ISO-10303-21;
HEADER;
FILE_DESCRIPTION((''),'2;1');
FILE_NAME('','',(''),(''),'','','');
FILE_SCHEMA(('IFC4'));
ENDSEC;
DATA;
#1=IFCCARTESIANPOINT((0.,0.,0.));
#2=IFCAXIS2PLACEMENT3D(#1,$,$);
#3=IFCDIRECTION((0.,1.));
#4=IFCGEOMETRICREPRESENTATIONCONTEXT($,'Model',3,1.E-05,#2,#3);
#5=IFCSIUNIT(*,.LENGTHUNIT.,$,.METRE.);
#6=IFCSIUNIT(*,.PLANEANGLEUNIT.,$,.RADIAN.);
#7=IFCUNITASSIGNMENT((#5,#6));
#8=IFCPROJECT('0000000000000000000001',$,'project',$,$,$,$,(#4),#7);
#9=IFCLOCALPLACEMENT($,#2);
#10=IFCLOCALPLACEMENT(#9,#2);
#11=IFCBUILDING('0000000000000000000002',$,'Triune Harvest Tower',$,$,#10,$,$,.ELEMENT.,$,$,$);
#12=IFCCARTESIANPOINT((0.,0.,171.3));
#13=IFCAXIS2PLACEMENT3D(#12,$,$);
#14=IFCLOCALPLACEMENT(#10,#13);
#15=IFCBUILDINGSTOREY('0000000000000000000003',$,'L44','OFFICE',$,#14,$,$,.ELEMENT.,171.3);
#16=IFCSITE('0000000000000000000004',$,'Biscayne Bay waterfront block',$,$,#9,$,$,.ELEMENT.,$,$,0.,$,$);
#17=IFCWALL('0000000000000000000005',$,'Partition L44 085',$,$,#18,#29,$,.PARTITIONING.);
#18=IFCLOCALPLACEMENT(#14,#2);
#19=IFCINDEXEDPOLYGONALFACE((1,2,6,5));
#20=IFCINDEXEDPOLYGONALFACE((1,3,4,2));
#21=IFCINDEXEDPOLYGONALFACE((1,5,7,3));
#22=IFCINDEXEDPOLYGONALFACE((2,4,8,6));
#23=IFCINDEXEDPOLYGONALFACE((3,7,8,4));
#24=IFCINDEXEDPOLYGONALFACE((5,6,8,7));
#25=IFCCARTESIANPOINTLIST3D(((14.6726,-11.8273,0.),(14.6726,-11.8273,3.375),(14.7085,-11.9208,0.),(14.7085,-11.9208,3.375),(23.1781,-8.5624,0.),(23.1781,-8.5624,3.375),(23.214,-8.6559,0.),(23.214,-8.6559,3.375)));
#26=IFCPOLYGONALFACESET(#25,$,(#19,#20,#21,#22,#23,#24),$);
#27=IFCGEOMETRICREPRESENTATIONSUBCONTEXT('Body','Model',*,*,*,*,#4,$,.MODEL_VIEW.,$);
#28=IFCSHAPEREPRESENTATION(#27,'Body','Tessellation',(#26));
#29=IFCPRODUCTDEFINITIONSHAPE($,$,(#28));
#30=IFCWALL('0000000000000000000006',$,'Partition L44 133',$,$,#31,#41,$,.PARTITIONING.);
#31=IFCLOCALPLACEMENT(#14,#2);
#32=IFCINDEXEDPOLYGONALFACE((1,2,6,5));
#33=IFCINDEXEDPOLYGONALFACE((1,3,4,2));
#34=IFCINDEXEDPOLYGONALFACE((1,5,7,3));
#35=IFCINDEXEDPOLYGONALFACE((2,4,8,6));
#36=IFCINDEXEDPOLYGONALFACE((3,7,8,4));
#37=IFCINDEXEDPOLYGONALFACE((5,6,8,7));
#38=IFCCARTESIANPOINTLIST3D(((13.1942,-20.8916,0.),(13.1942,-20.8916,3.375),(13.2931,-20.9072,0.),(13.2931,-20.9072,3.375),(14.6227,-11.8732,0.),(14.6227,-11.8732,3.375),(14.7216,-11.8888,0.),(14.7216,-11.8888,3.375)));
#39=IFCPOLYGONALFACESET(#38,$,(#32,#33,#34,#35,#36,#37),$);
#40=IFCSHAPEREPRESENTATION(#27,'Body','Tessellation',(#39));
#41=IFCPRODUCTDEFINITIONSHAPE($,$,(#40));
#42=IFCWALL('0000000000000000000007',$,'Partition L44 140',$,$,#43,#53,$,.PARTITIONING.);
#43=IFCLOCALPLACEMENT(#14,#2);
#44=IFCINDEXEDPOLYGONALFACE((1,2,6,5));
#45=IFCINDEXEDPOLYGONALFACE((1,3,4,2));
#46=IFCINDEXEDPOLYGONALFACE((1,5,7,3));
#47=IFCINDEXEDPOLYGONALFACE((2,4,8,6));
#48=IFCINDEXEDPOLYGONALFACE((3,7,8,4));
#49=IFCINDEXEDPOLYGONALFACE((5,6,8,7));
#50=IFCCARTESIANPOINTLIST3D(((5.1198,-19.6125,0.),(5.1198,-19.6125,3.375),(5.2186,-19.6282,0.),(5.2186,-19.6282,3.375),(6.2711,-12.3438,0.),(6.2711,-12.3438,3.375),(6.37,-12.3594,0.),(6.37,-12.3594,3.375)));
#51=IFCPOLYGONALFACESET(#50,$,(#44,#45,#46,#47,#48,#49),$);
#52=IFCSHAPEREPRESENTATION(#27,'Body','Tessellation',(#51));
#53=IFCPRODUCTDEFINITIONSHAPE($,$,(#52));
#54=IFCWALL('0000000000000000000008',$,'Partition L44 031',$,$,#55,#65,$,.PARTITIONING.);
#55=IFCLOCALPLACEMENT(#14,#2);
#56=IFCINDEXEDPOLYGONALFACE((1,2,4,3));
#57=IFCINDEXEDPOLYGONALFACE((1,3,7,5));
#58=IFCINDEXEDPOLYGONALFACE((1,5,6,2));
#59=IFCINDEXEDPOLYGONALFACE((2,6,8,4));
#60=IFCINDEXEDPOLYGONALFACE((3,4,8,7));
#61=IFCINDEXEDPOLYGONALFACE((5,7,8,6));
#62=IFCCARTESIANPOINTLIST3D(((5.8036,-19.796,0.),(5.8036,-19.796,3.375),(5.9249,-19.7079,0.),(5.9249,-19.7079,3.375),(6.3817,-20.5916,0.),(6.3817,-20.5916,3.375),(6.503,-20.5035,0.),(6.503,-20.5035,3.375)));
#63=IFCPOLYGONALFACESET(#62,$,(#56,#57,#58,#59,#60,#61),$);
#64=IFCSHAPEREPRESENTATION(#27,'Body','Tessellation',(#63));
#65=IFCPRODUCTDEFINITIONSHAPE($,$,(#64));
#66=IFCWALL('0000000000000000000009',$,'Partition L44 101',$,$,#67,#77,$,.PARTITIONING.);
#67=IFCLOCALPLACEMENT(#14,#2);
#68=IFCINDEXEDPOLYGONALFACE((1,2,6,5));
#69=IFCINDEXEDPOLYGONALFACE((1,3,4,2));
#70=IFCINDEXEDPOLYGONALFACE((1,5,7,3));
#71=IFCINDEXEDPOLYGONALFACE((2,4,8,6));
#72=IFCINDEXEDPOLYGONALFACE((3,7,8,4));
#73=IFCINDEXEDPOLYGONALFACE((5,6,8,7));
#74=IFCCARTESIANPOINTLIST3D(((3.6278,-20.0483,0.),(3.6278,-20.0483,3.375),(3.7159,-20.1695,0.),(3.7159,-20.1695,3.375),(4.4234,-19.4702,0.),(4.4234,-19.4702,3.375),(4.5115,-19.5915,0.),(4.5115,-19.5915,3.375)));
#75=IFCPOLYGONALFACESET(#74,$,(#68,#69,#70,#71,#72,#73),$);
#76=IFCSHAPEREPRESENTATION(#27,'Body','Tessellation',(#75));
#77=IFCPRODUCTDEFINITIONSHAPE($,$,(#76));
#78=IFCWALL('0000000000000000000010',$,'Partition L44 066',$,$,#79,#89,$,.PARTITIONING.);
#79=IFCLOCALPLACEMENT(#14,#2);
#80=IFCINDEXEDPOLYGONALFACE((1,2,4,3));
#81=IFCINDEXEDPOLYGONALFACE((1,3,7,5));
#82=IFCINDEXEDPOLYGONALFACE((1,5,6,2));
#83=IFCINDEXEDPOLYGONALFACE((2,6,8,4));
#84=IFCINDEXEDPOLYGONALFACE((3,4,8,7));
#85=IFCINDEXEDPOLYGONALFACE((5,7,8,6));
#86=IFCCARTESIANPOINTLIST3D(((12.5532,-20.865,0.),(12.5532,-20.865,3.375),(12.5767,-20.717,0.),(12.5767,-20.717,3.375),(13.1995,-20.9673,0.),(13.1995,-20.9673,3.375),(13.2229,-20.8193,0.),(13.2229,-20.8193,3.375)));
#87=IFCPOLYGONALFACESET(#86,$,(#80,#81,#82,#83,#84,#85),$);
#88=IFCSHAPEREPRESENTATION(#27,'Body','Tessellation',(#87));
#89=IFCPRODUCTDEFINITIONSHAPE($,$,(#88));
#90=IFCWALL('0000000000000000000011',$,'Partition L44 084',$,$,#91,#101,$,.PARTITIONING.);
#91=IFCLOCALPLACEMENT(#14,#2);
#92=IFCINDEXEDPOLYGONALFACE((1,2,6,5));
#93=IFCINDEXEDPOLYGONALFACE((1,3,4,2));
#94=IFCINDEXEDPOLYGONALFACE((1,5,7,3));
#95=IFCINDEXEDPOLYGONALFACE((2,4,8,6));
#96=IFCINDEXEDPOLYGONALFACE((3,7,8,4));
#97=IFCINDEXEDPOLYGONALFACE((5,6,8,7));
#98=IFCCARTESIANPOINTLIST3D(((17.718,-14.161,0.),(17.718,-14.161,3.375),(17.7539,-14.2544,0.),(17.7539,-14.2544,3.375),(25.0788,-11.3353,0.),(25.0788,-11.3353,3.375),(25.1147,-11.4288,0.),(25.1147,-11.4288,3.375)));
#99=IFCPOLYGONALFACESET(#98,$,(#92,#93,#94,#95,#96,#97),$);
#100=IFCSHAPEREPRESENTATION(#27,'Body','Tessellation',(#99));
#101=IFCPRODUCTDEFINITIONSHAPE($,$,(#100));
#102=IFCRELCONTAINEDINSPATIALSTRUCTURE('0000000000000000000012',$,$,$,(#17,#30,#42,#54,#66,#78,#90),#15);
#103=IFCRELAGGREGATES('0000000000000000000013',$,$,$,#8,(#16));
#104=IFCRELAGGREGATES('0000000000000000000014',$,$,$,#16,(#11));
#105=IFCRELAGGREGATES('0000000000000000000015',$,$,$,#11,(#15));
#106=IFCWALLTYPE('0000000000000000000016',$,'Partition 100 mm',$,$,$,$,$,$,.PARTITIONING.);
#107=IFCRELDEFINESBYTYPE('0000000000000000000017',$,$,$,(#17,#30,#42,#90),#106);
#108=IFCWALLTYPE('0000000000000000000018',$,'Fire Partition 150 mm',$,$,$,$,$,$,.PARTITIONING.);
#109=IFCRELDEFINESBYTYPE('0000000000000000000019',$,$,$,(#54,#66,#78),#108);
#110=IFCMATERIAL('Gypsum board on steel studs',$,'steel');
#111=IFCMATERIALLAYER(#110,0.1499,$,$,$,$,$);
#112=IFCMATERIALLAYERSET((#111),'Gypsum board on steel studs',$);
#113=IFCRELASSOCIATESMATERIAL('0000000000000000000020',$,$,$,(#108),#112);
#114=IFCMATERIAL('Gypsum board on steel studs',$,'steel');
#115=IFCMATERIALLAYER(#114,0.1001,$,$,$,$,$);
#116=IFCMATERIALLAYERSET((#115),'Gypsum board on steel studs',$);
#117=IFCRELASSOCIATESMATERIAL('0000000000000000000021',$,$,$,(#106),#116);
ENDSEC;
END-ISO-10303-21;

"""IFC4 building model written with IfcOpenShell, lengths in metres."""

from ifc_helpers import new_model, si_unit, direction, frame, frame_2d, origin, place, context, subcontext, project, spatial, rectangle, extrude, source, transform, mapped, material, layer, layer_set, type_object, element, save


model = new_model("IFC4")

# Units and contexts
model_context = context("Model", 3, precision=1e-05, world=origin(), true_north=direction((0.0, 1.0)))
body_context = subcontext(model_context, "Body", "Model", "MODEL_VIEW")
ifc_project = project(units=[si_unit("LENGTHUNIT", "METRE"), si_unit("PLANEANGLEUNIT", "RADIAN")], contexts=[model_context])

# Site, building, storey
site_placement = place(None, origin())
site = spatial("IfcSite", under=ifc_project, at=site_placement, Name="Biscayne Bay waterfront block", CompositionType="ELEMENT", RefElevation=0.0)
building_placement = place(site_placement, origin())
building = spatial("IfcBuilding", under=site, at=building_placement, Name="Triune Harvest Tower", CompositionType="ELEMENT")
storey_placement = place(building_placement, frame((0.0, 0.0, 171.3)))
storey = spatial("IfcBuildingStorey", under=building, at=storey_placement, Name="L44", Description="OFFICE", CompositionType="ELEMENT", Elevation=171.3)

# Shared definitions
ifc_material_1 = material(Name="Gypsum board on steel studs", Category="steel")
ifc_layer_1 = layer(ifc_material_1, 0.1499)
ifc_layer_set_1 = layer_set([ifc_layer_1], Name="Gypsum board on steel studs")
wall_type_1 = type_object("IfcWallType", Name="Fire Partition 150 mm", PredefinedType="PARTITIONING", material=ifc_layer_set_1)

# Walls
ifc_material_2 = material(Name="Gypsum board on steel studs", Category="steel")
ifc_layer_2 = layer(ifc_material_2, 0.1001)
ifc_layer_set_2 = layer_set([ifc_layer_2], Name="Gypsum board on steel studs")
wall_type_2 = type_object("IfcWallType", Name="Partition 100 mm", PredefinedType="PARTITIONING", material=ifc_layer_set_2)
wall_1_placement = place(storey_placement, frame((14.6907, -11.874, 0.0), z_axis=(0.0, 0.0, 1.0), x_axis=(0.933581, 0.358367, 0.0)))
element("IfcWall", 1, at=wall_1_placement, inside=storey, type_object=wall_type_2, Name="Partition L44 085", PredefinedType="PARTITIONING", context=body_context, shape_type="SweptSolid", body=[
    extrude(rectangle(XDim=9.1106, YDim=0.1001, at=frame_2d((4.5552, 0.0))), origin(), (0.0, 0.0, 1.0), 3.375),
])
wall_2_placement = place(storey_placement, frame((13.2437, -20.8994, 0.0), z_axis=(0.0, 0.0, 1.0), x_axis=(0.156446, 0.987687, 0.0)))
element("IfcWall", 2, at=wall_2_placement, inside=storey, type_object=wall_type_2, Name="Partition L44 133", PredefinedType="PARTITIONING", context=body_context, shape_type="SweptSolid", body=[
    extrude(rectangle(XDim=9.1309, YDim=0.1001, at=frame_2d((4.5654, 0.0))), origin(), (0.0, 0.0, 1.0), 3.375),
])
wall_3_placement = place(storey_placement, frame((5.1692, -19.6204, 0.0), z_axis=(0.0, 0.0, 1.0), x_axis=(0.156448, 0.987686, 0.0)))
element("IfcWall", 3, at=wall_3_placement, inside=storey, type_object=wall_type_2, Name="Partition L44 140", PredefinedType="PARTITIONING", context=body_context, shape_type="SweptSolid", body=[
    extrude(rectangle(XDim=7.3594, YDim=0.1001, at=frame_2d((3.6797, 0.0))), origin(), (0.0, 0.0, 1.0), 3.375),
])
shared_shape_1 = source(origin(), body_context, "Body", "SweptSolid", [
    extrude(rectangle(XDim=0.9834, YDim=0.1499, at=frame_2d((0.4917, 0.0))), origin(), (0.0, 0.0, 1.0), 3.375),
])
for number, where, z_axis, x_axis, name in (
    (4, (5.8643, -19.752, 0.0), (0.0, 0.0, 1.0), (0.587817, -0.808994, 0.0), "Partition L44 031"),
    (5, (3.6719, -20.1089, 0.0), (0.0, 0.0, 1.0), (0.808994, 0.587817, 0.0), "Partition L44 101"),
):
    element("IfcWall", number, at=place(storey_placement, frame(where, z_axis=z_axis, x_axis=x_axis)), inside=storey, type_object=wall_type_1, Name=name, PredefinedType="PARTITIONING", context=body_context, shape_type="MappedRepresentation", body=[
        mapped(shared_shape_1, transform((0.0, 0.0, 0.0), scale=1.0)),
    ])
shared_shape_2 = source(origin(), body_context, "Body", "SweptSolid", [
    extrude(rectangle(XDim=0.6543, YDim=0.1499, at=frame_2d((0.3271, 0.0))), origin(), (0.0, 0.0, 1.0), 3.375),
])
wall_4_placement = place(storey_placement, frame((12.5649, -20.791, 0.0), z_axis=(0.0, 0.0, 1.0), x_axis=(0.987702, -0.156346, 0.0)))
element("IfcWall", 6, at=wall_4_placement, inside=storey, type_object=wall_type_1, Name="Partition L44 066", PredefinedType="PARTITIONING", context=body_context, shape_type="MappedRepresentation", body=[
    mapped(shared_shape_2, transform((0.0, 0.0, 0.0), scale=1.0)),
])
shared_shape_3 = source(origin(), body_context, "Body", "SweptSolid", [
    extrude(rectangle(XDim=7.8845, YDim=0.1001, at=frame_2d((3.9424, 0.0))), origin(), (0.0, 0.0, 1.0), 3.375),
])
wall_5_placement = place(storey_placement, frame((17.7358, -14.2078, 0.0), z_axis=(0.0, 0.0, 1.0), x_axis=(0.933575, 0.358381, 0.0)))
element("IfcWall", 7, at=wall_5_placement, inside=storey, type_object=wall_type_2, Name="Partition L44 084", PredefinedType="PARTITIONING", context=body_context, shape_type="MappedRepresentation", body=[
    mapped(shared_shape_3, transform((0.0, 0.0, 0.0), scale=1.0)),
])

save(model, "model.ifc")
